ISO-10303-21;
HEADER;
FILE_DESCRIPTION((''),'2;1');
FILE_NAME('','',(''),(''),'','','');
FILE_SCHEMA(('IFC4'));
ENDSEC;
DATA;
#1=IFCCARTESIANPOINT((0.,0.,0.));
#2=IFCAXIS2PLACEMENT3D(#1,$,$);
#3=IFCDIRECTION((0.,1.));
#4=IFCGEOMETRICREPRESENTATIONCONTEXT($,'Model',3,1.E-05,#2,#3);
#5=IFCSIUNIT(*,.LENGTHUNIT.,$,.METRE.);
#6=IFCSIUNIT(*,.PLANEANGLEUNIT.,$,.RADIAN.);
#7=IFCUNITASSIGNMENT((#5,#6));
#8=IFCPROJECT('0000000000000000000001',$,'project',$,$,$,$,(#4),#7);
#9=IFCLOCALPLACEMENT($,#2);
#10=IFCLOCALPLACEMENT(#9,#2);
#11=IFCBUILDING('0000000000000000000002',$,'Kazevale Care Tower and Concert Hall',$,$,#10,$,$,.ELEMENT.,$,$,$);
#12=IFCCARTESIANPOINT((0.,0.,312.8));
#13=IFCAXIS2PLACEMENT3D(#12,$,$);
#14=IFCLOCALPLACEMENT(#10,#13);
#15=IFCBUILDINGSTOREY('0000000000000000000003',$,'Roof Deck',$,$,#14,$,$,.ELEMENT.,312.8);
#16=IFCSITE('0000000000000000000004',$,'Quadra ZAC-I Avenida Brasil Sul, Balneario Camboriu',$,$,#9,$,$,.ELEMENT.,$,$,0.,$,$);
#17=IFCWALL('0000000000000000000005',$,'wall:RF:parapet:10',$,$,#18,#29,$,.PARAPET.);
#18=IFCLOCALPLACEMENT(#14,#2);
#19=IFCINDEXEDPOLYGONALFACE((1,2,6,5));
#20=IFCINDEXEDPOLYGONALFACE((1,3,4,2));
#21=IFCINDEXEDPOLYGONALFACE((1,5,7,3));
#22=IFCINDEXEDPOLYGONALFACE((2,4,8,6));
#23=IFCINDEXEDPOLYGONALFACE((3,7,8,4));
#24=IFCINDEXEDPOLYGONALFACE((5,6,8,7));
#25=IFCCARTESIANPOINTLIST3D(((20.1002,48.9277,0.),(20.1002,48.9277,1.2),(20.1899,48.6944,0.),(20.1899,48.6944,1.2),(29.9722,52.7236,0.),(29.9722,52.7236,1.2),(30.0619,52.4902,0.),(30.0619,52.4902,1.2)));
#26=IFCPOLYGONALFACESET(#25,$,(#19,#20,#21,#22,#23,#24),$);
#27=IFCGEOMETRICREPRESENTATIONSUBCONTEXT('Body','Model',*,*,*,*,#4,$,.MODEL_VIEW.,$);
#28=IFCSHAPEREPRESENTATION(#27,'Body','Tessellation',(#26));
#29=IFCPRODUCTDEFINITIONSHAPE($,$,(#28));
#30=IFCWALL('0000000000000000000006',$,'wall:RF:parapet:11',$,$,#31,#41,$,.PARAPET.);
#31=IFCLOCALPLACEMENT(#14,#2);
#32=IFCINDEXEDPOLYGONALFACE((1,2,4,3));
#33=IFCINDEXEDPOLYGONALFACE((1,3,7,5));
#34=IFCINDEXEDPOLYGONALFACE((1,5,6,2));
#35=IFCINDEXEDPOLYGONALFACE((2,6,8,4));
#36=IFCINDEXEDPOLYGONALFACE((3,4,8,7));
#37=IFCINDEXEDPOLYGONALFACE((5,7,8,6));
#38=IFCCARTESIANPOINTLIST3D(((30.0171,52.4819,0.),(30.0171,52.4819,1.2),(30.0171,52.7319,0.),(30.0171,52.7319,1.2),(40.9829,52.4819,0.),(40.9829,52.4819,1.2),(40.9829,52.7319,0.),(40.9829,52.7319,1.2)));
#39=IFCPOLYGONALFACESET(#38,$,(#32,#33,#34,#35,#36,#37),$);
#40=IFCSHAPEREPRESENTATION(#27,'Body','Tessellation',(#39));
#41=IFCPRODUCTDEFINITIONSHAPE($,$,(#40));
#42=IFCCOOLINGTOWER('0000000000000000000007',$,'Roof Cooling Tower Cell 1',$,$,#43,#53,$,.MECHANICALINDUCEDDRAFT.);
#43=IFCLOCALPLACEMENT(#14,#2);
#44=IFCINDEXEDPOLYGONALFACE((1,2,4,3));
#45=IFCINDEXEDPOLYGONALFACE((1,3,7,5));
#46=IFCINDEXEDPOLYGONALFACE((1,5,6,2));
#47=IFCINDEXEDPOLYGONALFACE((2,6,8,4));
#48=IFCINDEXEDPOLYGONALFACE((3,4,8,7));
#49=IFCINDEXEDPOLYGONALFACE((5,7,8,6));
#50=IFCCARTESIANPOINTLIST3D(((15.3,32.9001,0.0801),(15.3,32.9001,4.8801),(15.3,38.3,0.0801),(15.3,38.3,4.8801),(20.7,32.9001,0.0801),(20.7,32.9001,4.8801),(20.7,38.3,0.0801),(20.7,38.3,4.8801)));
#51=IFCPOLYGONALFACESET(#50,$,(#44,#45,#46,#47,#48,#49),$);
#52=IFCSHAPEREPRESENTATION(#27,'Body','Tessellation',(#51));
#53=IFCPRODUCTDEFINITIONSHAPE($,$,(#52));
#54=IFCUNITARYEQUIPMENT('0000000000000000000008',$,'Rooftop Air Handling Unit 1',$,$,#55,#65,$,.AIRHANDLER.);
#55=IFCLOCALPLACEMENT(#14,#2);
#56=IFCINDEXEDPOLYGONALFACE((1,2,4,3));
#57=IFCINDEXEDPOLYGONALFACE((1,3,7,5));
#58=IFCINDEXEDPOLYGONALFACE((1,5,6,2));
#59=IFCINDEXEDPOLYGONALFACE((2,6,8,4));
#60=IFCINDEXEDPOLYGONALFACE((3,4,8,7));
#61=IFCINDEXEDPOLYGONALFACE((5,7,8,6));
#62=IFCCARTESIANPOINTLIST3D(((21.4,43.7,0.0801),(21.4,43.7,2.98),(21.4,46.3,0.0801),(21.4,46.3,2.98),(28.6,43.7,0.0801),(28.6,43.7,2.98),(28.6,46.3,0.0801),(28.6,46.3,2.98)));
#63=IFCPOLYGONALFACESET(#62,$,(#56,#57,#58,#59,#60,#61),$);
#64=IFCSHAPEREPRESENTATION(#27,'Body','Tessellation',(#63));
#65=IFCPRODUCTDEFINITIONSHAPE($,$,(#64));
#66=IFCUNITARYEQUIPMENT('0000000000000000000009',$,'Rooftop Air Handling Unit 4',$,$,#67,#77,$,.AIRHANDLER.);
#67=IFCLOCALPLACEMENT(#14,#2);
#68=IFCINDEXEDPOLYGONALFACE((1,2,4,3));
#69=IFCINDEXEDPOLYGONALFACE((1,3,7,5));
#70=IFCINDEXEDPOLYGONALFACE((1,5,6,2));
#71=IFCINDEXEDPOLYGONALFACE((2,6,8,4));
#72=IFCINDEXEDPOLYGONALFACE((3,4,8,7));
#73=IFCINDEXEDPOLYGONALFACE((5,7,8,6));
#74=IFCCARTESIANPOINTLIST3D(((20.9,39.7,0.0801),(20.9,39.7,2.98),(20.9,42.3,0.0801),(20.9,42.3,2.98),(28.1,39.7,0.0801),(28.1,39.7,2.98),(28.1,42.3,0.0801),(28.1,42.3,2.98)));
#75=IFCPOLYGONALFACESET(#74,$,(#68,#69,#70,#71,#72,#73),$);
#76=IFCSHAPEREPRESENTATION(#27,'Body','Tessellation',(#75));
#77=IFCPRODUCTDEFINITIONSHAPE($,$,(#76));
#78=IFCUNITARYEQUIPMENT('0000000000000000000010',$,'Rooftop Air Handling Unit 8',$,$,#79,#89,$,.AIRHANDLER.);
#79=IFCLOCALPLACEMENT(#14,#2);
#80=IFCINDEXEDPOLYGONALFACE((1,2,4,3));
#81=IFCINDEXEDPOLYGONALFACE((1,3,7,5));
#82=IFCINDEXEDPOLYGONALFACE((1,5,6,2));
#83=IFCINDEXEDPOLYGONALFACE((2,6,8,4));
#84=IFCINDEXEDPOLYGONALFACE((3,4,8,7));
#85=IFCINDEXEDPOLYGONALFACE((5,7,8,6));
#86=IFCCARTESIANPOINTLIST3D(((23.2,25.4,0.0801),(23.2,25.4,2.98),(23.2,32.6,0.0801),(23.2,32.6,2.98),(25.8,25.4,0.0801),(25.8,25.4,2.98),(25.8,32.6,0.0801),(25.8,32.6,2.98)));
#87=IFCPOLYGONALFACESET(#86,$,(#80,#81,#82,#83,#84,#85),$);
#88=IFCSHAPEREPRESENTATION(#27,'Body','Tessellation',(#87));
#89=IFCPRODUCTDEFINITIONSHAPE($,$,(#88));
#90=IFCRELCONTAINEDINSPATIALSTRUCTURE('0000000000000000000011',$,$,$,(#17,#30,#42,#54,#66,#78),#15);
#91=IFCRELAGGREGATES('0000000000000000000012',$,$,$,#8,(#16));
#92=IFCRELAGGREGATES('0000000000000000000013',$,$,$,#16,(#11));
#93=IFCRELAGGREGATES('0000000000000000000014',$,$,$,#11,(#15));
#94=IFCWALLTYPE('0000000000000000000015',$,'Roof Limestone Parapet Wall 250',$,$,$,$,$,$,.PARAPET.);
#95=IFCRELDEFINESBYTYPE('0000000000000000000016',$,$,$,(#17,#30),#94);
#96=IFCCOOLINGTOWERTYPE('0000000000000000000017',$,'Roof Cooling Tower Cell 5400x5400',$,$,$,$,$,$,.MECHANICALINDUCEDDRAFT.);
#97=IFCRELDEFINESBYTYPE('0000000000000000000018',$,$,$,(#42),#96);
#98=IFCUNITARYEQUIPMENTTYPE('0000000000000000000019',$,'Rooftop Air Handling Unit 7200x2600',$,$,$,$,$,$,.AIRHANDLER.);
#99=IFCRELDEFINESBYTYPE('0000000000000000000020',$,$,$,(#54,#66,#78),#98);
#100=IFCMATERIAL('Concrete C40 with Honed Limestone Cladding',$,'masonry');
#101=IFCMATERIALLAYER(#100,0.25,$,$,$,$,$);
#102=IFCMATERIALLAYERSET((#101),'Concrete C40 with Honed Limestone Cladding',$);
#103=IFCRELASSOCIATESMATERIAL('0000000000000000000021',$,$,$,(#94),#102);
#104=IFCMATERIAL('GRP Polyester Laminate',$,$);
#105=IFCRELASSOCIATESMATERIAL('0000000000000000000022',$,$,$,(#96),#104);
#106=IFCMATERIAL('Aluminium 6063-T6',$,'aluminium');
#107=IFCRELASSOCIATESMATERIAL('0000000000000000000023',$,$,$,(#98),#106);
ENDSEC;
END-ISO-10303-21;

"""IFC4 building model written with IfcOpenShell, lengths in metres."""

from ifc_helpers import new_model, si_unit, direction, frame, frame_2d, origin, origin_2d, place, context, subcontext, project, spatial, rectangle, extrude, material, layer, layer_set, type_object, element, save


model = new_model("IFC4")

# Units and contexts
model_context = context("Model", 3, precision=1e-05, world=origin(), true_north=direction((0.0, 1.0)))
body_context = subcontext(model_context, "Body", "Model", "MODEL_VIEW")
ifc_project = project(units=[si_unit("LENGTHUNIT", "METRE"), si_unit("PLANEANGLEUNIT", "RADIAN")], contexts=[model_context])

# Site, building, storey
site_placement = place(None, origin())
site = spatial("IfcSite", under=ifc_project, at=site_placement, Name="Quadra ZAC-I Avenida Brasil Sul, Balneario Camboriu", CompositionType="ELEMENT", RefElevation=0.0)
building_placement = place(site_placement, origin())
building = spatial("IfcBuilding", under=site, at=building_placement, Name="Kazevale Care Tower and Concert Hall", CompositionType="ELEMENT")
storey_placement = place(building_placement, frame((0.0, 0.0, 312.8)))
storey = spatial("IfcBuildingStorey", under=building, at=storey_placement, Name="Roof Deck", CompositionType="ELEMENT", Elevation=312.8)

# Walls
ifc_material_1 = material(Name="Concrete C40 with Honed Limestone Cladding", Category="masonry")
ifc_layer_1 = layer(ifc_material_1, 0.25)
ifc_layer_set_1 = layer_set([ifc_layer_1], Name="Concrete C40 with Honed Limestone Cladding")
wall_type = type_object("IfcWallType", Name="Roof Limestone Parapet Wall 250", PredefinedType="PARAPET", material=ifc_layer_set_1)
wall_1_placement = place(storey_placement, frame((20.145, 48.811, 0.0), z_axis=(0.0, 0.0, 1.0), x_axis=(0.933379, 0.358892, 0.0)))
element("IfcWall", 1, at=wall_1_placement, inside=storey, type_object=wall_type, Name="wall:RF:parapet:10", PredefinedType="PARAPET", context=body_context, shape_type="SweptSolid", body=[
    extrude(rectangle(XDim=10.5767, YDim=0.25, at=frame_2d((5.2883, 0.0))), origin(), (0.0, 0.0, 1.0), 1.2),
])
wall_2_placement = place(storey_placement, frame((30.0171, 52.6069, 0.0), z_axis=(0.0, 0.0, 1.0), x_axis=(1.0, 0.0, 0.0)))
element("IfcWall", 2, at=wall_2_placement, inside=storey, type_object=wall_type, Name="wall:RF:parapet:11", PredefinedType="PARAPET", context=body_context, shape_type="SweptSolid", body=[
    extrude(rectangle(XDim=10.9658, YDim=0.25, at=frame_2d((5.4829, 0.0))), origin(), (0.0, 0.0, 1.0), 1.2),
])

# Cooling tower
ifc_material_2 = material(Name="GRP Polyester Laminate")
cooling_tower_type = type_object("IfcCoolingTowerType", Name="Roof Cooling Tower Cell 5400x5400", PredefinedType="MECHANICALINDUCEDDRAFT", material=ifc_material_2)
cooling_tower_placement = place(storey_placement, frame((18.0, 35.6001, 0.0801), z_axis=(0.0, 0.0, 1.0), x_axis=(1.0, 0.0, 0.0)))
element("IfcCoolingTower", 3, at=cooling_tower_placement, inside=storey, type_object=cooling_tower_type, Name="Roof Cooling Tower Cell 1", PredefinedType="MECHANICALINDUCEDDRAFT", context=body_context, shape_type="SweptSolid", body=[
    extrude(rectangle(XDim=5.3999, YDim=5.3999, at=origin_2d()), origin(), (0.0, 0.0, 1.0), 4.8),
])

# Unitary equipment
ifc_material_3 = material(Name="Aluminium 6063-T6", Category="aluminium")
unitary_equipment_type = type_object("IfcUnitaryEquipmentType", Name="Rooftop Air Handling Unit 7200x2600", PredefinedType="AIRHANDLER", material=ifc_material_3)
for number, where, z_axis, x_axis, name in (
    (4, (25.0, 45.0, 0.0801), (0.0, 0.0, 1.0), (1.0, 0.0, 0.0), "Rooftop Air Handling Unit 1"),
    (5, (24.5, 41.0, 0.0801), (0.0, 0.0, 1.0), (1.0, 0.0, 0.0), "Rooftop Air Handling Unit 4"),
    (6, (24.5, 29.0, 0.0801), (0.0, 0.0, 1.0), (0.0, 1.0, 0.0), "Rooftop Air Handling Unit 8"),
):
    element("IfcUnitaryEquipment", number, at=place(storey_placement, frame(where, z_axis=z_axis, x_axis=x_axis)), inside=storey, type_object=unitary_equipment_type, Name=name, PredefinedType="AIRHANDLER", context=body_context, shape_type="SweptSolid", body=[
        extrude(rectangle(XDim=7.2, YDim=2.6001, at=origin_2d()), origin(), (0.0, 0.0, 1.0), 2.8999),
    ])

save(model, "model.ifc")
